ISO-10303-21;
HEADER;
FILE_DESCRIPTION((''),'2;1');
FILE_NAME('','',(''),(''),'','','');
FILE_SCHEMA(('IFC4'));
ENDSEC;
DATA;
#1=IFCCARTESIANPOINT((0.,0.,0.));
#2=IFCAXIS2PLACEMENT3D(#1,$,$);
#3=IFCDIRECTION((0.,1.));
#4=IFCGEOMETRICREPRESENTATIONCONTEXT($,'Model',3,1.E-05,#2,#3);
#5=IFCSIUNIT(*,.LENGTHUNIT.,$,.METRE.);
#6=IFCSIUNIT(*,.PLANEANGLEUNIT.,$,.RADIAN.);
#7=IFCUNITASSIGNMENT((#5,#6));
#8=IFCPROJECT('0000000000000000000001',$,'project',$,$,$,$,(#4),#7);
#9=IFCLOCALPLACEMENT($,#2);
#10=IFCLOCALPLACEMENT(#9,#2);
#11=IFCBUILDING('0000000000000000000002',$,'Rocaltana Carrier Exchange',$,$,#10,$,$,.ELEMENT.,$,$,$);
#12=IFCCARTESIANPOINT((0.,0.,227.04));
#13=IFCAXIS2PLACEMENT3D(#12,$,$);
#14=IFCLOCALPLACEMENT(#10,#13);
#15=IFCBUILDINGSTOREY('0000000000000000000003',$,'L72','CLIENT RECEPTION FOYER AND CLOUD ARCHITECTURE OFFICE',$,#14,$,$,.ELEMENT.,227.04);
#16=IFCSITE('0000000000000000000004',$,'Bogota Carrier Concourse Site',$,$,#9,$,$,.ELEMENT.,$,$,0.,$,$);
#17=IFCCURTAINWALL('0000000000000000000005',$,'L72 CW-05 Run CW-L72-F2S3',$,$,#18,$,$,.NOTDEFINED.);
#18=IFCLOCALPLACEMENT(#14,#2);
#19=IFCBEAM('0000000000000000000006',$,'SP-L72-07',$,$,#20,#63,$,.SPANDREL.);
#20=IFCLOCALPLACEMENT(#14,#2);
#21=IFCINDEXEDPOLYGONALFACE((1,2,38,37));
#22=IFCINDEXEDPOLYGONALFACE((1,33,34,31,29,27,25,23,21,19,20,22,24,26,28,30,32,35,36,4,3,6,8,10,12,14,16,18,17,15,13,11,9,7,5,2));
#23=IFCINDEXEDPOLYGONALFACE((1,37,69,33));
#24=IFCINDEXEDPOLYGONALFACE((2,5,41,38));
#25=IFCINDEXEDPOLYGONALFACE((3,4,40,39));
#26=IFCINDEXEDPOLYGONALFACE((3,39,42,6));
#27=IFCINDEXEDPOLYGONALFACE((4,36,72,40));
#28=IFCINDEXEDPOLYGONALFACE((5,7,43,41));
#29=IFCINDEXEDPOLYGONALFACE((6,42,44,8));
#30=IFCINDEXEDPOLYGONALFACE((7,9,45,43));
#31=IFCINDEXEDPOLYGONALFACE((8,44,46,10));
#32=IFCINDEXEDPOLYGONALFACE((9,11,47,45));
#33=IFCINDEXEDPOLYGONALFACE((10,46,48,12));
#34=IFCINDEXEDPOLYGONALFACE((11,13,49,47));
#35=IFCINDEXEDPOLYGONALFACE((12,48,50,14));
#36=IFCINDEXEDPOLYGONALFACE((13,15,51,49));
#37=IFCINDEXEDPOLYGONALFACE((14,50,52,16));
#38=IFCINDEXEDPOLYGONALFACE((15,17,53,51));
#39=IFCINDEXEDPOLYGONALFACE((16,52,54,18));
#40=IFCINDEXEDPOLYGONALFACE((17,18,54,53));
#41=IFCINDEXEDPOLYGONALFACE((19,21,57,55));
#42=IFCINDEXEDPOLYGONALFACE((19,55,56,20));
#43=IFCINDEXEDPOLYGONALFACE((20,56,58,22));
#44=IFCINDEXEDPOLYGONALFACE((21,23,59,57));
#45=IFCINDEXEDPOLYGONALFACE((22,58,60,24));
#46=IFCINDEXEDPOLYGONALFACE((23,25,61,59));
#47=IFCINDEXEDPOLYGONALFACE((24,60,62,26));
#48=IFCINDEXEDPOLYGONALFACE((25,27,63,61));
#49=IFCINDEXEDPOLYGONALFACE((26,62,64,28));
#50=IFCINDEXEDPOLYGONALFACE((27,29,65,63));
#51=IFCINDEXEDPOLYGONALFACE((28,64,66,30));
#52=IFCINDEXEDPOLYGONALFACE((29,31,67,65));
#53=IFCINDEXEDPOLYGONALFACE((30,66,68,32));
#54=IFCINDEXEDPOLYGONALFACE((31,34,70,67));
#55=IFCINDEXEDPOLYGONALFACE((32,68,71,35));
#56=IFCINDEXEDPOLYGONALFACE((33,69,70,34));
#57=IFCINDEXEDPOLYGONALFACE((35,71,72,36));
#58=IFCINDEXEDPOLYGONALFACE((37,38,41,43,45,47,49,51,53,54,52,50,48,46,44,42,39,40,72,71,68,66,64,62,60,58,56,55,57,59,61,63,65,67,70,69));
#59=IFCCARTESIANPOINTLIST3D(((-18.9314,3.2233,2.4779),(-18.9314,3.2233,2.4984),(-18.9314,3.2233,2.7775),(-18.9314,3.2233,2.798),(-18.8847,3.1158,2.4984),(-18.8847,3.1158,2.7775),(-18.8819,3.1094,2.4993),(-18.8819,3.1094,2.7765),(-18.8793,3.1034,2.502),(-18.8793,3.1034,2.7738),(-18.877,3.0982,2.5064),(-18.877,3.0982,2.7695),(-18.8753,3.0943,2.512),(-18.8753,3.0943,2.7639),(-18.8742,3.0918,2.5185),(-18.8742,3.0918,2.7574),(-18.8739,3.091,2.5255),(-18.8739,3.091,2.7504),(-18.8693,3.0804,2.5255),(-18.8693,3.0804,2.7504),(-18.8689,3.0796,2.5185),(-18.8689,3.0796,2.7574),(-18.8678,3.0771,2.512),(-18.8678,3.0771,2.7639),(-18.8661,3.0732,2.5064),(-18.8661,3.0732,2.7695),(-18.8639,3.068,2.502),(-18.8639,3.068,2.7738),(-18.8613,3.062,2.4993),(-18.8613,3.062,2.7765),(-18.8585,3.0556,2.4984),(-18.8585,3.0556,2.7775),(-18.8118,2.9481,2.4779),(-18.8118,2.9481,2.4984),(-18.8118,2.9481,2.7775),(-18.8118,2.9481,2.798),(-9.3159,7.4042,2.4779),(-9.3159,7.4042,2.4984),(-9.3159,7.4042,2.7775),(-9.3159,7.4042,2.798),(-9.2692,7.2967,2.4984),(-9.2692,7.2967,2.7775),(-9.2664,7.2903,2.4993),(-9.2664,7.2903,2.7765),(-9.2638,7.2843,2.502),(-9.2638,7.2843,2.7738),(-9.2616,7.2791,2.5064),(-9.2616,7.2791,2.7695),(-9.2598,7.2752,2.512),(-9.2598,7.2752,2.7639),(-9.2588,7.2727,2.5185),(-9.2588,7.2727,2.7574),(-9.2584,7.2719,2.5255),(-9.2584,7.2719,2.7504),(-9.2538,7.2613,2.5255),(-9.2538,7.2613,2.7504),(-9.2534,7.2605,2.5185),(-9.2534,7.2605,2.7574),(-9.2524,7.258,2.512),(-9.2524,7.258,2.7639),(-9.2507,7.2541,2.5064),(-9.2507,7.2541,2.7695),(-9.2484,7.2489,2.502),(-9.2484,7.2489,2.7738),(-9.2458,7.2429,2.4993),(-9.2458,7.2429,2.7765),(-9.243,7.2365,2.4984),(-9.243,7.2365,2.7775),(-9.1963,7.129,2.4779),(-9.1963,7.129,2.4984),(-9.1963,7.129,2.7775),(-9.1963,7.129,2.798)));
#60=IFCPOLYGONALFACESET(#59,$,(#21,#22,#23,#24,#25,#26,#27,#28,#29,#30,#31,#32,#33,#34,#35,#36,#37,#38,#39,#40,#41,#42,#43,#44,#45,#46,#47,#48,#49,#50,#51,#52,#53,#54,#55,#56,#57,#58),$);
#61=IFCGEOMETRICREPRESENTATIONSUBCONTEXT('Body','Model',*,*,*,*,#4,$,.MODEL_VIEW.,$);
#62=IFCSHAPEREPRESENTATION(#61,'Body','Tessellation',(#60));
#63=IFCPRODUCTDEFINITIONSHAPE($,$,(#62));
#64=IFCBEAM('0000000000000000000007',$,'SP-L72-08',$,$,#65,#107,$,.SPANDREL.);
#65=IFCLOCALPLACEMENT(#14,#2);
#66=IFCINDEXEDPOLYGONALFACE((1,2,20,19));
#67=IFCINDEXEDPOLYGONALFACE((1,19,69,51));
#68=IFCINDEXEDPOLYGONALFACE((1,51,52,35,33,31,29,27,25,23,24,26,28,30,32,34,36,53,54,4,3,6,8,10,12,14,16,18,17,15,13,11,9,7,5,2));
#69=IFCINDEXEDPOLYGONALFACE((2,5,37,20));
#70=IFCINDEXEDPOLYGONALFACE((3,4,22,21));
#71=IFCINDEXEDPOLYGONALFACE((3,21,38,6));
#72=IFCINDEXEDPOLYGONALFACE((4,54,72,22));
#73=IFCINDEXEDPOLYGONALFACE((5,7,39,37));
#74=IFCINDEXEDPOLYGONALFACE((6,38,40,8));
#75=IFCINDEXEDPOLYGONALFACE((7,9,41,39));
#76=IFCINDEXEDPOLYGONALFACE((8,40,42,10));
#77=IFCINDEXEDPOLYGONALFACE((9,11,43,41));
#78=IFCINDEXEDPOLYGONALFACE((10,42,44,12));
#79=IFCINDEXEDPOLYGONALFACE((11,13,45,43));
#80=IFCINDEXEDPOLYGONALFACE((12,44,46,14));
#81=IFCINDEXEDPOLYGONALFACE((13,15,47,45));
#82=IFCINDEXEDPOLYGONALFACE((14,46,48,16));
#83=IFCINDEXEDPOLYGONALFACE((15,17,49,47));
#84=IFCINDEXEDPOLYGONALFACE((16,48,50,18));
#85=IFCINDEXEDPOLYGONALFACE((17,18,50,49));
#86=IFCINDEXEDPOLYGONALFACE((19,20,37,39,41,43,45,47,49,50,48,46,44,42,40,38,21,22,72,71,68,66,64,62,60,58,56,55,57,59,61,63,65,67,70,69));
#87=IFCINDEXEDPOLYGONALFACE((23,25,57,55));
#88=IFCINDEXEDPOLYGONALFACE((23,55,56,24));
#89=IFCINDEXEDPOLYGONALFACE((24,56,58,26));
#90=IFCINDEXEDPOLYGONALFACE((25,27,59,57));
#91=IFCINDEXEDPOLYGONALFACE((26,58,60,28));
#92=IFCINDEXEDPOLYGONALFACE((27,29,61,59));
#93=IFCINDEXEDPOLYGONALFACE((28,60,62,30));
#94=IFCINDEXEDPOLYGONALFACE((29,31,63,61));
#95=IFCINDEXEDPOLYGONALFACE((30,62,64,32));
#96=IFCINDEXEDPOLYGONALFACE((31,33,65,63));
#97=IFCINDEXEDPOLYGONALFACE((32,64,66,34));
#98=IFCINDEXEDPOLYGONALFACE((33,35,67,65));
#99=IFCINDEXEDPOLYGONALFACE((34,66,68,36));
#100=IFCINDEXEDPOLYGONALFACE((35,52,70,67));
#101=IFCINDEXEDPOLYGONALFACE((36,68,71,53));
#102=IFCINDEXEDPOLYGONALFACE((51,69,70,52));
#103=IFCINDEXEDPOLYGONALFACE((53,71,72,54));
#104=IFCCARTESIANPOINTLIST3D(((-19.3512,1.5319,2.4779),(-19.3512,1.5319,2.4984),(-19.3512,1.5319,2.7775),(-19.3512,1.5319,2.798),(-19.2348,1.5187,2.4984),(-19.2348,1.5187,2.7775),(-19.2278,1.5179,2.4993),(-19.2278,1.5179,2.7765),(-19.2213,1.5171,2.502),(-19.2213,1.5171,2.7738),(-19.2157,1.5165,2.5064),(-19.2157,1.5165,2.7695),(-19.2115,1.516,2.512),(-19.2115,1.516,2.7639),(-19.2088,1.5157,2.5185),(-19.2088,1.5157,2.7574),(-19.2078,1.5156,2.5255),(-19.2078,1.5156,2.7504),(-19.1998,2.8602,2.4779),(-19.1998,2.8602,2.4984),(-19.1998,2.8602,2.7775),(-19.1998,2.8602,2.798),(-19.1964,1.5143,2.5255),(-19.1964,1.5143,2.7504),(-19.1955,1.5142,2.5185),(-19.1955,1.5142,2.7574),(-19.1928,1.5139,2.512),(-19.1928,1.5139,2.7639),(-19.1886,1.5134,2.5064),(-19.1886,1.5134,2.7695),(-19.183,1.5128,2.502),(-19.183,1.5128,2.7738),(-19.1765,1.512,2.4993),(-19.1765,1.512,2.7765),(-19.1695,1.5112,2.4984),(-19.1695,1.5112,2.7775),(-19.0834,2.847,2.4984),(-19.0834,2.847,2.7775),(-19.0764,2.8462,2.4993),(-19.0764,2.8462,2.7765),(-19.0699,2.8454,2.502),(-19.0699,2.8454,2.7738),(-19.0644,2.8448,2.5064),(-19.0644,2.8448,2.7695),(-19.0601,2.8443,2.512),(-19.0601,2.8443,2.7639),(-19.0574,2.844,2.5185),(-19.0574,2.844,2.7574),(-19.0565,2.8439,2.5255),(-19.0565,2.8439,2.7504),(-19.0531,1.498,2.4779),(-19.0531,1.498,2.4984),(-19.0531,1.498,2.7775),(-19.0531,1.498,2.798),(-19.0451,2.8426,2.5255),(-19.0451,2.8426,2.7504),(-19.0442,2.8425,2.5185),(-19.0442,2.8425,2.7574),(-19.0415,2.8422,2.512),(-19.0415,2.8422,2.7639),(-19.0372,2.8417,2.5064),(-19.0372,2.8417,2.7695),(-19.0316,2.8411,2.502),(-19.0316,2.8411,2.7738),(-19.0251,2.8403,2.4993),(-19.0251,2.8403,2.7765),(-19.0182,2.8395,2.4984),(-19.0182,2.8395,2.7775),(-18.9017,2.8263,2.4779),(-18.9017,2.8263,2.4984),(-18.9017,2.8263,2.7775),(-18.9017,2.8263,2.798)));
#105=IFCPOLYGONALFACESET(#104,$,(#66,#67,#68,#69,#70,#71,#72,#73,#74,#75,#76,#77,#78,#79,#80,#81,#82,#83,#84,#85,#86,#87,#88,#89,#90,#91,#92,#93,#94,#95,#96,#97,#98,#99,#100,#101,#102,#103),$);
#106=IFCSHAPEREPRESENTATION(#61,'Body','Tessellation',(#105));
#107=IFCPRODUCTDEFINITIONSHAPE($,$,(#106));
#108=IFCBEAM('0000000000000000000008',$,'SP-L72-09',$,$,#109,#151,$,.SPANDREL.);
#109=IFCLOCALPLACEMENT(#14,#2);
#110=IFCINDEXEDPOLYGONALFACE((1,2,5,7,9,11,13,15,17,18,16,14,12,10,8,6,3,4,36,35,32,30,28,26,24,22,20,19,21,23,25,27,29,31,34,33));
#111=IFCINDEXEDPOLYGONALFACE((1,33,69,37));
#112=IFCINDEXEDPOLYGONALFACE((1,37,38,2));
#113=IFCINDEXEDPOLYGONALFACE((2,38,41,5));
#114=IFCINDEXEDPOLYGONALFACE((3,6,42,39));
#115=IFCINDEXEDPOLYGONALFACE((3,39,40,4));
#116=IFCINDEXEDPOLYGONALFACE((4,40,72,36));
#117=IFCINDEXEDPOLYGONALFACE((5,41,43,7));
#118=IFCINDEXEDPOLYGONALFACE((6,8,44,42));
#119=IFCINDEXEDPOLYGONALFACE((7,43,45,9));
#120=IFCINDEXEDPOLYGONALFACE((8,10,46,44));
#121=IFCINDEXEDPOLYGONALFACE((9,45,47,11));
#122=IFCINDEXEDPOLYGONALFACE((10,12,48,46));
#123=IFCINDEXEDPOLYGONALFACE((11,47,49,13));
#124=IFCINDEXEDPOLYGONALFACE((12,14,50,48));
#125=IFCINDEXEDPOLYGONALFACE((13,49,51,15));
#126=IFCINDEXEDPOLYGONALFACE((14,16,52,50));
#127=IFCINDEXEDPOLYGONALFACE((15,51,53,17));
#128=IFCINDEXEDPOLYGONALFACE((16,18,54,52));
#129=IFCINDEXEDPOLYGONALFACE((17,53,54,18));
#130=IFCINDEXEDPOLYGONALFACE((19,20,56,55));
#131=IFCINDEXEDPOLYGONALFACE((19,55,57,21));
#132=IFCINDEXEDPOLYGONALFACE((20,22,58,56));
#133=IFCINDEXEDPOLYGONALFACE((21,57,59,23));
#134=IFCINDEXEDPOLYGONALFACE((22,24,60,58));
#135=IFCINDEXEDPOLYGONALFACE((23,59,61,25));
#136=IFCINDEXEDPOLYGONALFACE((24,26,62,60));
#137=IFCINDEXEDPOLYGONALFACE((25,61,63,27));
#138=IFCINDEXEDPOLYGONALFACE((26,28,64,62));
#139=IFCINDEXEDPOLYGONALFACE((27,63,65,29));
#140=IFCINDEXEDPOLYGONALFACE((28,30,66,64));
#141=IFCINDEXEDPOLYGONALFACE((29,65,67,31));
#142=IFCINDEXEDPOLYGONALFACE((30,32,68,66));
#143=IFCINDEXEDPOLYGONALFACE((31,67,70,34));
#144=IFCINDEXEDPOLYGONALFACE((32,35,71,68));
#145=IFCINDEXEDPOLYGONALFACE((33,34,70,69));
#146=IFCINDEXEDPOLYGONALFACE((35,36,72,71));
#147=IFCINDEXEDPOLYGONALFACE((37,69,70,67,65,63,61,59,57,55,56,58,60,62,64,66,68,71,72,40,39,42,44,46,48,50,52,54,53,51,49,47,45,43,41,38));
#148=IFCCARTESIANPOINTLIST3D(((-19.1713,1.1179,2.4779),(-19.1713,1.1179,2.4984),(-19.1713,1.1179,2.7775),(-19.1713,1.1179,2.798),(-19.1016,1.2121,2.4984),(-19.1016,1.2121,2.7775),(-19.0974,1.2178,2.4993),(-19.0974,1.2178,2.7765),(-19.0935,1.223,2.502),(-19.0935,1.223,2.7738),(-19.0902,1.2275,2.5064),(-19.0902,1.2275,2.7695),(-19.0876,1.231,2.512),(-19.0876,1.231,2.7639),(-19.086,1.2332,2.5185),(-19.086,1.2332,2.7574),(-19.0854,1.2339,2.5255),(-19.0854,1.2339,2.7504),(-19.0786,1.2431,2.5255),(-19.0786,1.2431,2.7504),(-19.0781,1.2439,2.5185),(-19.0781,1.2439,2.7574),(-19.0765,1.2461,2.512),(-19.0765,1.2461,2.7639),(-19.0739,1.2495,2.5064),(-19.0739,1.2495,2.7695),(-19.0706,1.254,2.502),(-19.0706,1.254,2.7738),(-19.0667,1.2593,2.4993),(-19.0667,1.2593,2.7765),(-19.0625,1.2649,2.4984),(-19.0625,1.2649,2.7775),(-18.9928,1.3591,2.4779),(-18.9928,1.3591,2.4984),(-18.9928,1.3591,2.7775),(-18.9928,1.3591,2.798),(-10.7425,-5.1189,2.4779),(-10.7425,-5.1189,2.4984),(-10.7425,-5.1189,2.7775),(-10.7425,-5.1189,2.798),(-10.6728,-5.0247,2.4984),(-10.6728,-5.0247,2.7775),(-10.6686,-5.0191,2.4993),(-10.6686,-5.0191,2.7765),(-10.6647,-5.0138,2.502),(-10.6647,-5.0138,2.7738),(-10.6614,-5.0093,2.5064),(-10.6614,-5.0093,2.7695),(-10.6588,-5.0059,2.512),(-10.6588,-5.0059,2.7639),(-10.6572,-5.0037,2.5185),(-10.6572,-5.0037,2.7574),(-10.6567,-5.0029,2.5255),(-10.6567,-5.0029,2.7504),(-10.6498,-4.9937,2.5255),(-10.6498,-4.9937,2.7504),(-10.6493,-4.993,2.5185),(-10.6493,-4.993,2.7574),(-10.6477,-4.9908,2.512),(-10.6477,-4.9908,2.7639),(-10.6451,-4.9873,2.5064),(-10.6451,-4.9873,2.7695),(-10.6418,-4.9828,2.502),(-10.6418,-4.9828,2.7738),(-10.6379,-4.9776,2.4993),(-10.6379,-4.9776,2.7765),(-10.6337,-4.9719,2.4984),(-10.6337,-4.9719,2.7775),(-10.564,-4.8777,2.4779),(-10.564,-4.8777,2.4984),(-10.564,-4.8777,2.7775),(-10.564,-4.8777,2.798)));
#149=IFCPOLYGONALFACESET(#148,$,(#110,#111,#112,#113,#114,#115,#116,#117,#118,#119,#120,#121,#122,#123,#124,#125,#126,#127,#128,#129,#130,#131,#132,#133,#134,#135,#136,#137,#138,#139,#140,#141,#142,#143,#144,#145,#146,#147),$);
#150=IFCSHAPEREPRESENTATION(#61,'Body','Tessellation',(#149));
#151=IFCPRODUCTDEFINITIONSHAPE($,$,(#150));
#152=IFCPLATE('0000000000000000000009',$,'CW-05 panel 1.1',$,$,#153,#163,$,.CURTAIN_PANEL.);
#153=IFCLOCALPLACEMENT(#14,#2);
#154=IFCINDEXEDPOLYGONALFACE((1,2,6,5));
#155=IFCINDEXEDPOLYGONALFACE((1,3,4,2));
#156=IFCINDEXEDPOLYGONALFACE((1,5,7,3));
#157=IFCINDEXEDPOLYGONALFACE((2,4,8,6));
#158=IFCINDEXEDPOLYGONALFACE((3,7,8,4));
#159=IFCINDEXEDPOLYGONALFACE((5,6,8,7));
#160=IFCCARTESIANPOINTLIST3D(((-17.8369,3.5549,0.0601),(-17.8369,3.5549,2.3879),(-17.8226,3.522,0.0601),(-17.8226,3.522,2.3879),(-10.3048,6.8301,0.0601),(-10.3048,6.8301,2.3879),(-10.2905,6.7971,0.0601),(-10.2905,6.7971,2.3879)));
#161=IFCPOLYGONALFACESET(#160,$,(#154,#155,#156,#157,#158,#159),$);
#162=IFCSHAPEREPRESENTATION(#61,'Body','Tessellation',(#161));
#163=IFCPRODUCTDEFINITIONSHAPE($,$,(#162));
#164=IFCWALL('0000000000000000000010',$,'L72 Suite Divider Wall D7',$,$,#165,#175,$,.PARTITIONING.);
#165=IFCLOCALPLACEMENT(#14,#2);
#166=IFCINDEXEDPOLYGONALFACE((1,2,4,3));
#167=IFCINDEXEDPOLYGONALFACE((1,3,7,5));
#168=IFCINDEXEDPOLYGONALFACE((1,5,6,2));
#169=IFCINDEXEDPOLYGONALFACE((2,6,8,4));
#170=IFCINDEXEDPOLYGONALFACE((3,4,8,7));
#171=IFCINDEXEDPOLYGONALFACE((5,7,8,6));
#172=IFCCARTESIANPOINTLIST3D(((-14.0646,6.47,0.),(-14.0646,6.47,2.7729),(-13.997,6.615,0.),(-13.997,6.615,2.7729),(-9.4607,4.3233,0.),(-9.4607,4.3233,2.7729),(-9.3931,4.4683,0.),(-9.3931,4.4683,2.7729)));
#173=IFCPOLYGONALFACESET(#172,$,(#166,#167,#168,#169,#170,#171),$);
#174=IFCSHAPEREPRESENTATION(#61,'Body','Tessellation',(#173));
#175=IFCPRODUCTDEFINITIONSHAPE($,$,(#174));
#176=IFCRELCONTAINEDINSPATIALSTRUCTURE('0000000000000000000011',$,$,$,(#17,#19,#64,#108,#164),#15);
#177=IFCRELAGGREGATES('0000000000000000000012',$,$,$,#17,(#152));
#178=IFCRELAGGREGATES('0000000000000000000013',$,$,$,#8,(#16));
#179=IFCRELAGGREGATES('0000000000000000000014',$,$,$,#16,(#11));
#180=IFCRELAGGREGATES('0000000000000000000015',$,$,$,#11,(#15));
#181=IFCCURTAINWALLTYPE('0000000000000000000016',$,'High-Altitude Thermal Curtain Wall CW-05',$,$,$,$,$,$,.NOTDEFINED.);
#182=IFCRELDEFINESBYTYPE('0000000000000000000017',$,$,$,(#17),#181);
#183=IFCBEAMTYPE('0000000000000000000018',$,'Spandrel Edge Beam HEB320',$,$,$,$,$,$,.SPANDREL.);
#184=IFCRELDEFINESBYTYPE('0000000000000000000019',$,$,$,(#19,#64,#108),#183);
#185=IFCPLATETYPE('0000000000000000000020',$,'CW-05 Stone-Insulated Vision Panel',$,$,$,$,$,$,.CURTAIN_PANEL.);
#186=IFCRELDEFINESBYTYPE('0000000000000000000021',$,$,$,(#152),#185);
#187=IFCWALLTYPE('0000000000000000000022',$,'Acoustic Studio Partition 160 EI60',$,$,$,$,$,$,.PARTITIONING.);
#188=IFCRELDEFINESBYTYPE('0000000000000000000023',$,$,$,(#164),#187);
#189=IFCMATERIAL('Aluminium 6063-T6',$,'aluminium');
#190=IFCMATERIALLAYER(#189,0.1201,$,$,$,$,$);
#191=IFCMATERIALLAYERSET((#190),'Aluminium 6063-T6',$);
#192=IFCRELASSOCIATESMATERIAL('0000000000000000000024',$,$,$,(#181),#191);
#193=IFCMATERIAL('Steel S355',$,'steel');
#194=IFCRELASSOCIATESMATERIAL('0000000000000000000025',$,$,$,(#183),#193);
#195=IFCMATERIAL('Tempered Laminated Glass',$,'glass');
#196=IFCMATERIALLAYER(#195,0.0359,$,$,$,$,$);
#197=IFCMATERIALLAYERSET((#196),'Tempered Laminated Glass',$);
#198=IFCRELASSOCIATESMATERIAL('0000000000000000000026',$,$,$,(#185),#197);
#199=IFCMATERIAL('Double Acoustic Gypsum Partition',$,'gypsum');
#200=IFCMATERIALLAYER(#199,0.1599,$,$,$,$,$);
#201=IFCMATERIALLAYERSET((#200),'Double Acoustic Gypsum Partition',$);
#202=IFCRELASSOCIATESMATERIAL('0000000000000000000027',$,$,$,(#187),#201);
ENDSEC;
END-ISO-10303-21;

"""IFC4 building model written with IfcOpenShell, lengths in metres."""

from ifc_helpers import new_model, si_unit, direction, frame, frame_2d, origin, origin_2d, place, context, subcontext, project, spatial, rectangle, i_section, extrude, material, layer, layer_set, material_profile, profile_set, type_object, element, aggregate, save


model = new_model("IFC4")

# Units and contexts
model_context = context("Model", 3, precision=1e-05, world=origin(), true_north=direction((0.0, 1.0)))
body_context = subcontext(model_context, "Body", "Model", "MODEL_VIEW")
ifc_project = project(units=[si_unit("LENGTHUNIT", "METRE"), si_unit("PLANEANGLEUNIT", "RADIAN")], contexts=[model_context])

# Site, building, storey
site_placement = place(None, origin())
site = spatial("IfcSite", under=ifc_project, at=site_placement, Name="Bogota Carrier Concourse Site", CompositionType="ELEMENT", RefElevation=0.0)
building_placement = place(site_placement, origin())
building = spatial("IfcBuilding", under=site, at=building_placement, Name="Rocaltana Carrier Exchange", CompositionType="ELEMENT")
storey_placement = place(building_placement, frame((0.0, 0.0, 227.04)))
storey = spatial("IfcBuildingStorey", under=building, at=storey_placement, Name="L72", Description="CLIENT RECEPTION FOYER AND CLOUD ARCHITECTURE OFFICE", CompositionType="ELEMENT", Elevation=227.04)

# Shared definitions
ifc_material_1 = material(Name="Aluminium 6063-T6", Category="aluminium")
ifc_layer_1 = layer(ifc_material_1, 0.1201)
ifc_layer_set_1 = layer_set([ifc_layer_1], Name="Aluminium 6063-T6")
curtain_wall_type = type_object("IfcCurtainWallType", Name="High-Altitude Thermal Curtain Wall CW-05", PredefinedType="NOTDEFINED", material=ifc_layer_set_1)

# Curtain wall
curtain_wall_1_placement = place(storey_placement, origin())
curtain_wall_1 = element("IfcCurtainWall", 1, at=curtain_wall_1_placement, inside=storey, type_object=curtain_wall_type, Name="L72 CW-05 Run CW-L72-F2S3", PredefinedType="NOTDEFINED")

# Beams
ifc_material_2 = material(Name="Steel S355", Category="steel")
ifc_material_profile_1 = material_profile(ifc_material_2, i_section(OverallWidth=0.3, OverallDepth=0.3201, WebThickness=0.0115, FlangeThickness=0.0205, FilletRadius=0.0271, at=origin_2d()), Name="HEB320")
ifc_profile_set_1 = profile_set([ifc_material_profile_1], Name="Steel S355")
beam_type_1 = type_object("IfcBeamType", Name="Spandrel Edge Beam HEB320", PredefinedType="SPANDREL", material=ifc_profile_set_1)
beam_1_placement = place(storey_placement, frame((-9.2561, 7.2666, 2.6379), z_axis=(-0.917061, -0.398747, 0.0), x_axis=(0.398747, -0.917061, 0.0)))
element("IfcBeam", 2, at=beam_1_placement, inside=storey, type_object=beam_type_1, Name="SP-L72-07", PredefinedType="SPANDREL", context=body_context, shape_type="SweptSolid", body=[
    extrude(i_section(OverallWidth=0.3, OverallDepth=0.3201, WebThickness=0.0115, FlangeThickness=0.0205, FilletRadius=0.0271, at=origin_2d()), origin(), (0.0, 0.0, 1.0), 10.4851),
])
beam_2_placement = place(storey_placement, frame((-19.0508, 2.8433, 2.6379), z_axis=(-0.113217, -0.99357, 0.0), x_axis=(0.99357, -0.113217, 0.0)))
element("IfcBeam", 3, at=beam_2_placement, inside=storey, type_object=beam_type_1, Name="SP-L72-08", PredefinedType="SPANDREL", context=body_context, shape_type="SweptSolid", body=[
    extrude(i_section(OverallWidth=0.3, OverallDepth=0.3201, WebThickness=0.0115, FlangeThickness=0.0205, FilletRadius=0.0271, at=origin_2d()), origin(), (0.0, 0.0, 1.0), 1.3369),
])
beam_3_placement = place(storey_placement, frame((-19.082, 1.2385, 2.6379), z_axis=(0.803861, -0.594817, 0.0), x_axis=(0.594817, 0.803861, 0.0)))
element("IfcBeam", 4, at=beam_3_placement, inside=storey, type_object=beam_type_1, Name="SP-L72-09", PredefinedType="SPANDREL", context=body_context, shape_type="SweptSolid", body=[
    extrude(i_section(OverallWidth=0.3, OverallDepth=0.3201, WebThickness=0.0115, FlangeThickness=0.0205, FilletRadius=0.0271, at=origin_2d()), origin(), (0.0, 0.0, 1.0), 10.4854),
])

# Plate
ifc_material_3 = material(Name="Tempered Laminated Glass", Category="glass")
ifc_layer_2 = layer(ifc_material_3, 0.0359)
ifc_layer_set_2 = layer_set([ifc_layer_2], Name="Tempered Laminated Glass")
plate_type = type_object("IfcPlateType", Name="CW-05 Stone-Insulated Vision Panel", PredefinedType="CURTAIN_PANEL", material=ifc_layer_set_2)
plate_placement = place(storey_placement, frame((-14.0637, 5.176, 0.0601), z_axis=(0.0, 0.0, 1.0), x_axis=(-0.917057, -0.398757, 0.0)))
plate = element("IfcPlate", 5, at=plate_placement, type_object=plate_type, Name="CW-05 panel 1.1", PredefinedType="CURTAIN_PANEL", context=body_context, shape_type="SweptSolid", body=[
    extrude(rectangle(XDim=8.2134, YDim=0.0359, at=origin_2d()), origin(), (0.0, 0.0, 1.0), 2.3279),
])
aggregate(curtain_wall_1, [plate])

# Wall
ifc_material_4 = material(Name="Double Acoustic Gypsum Partition", Category="gypsum")
ifc_layer_3 = layer(ifc_material_4, 0.1599)
ifc_layer_set_3 = layer_set([ifc_layer_3], Name="Double Acoustic Gypsum Partition")
wall_type_1 = type_object("IfcWallType", Name="Acoustic Studio Partition 160 EI60", PredefinedType="PARTITIONING", material=ifc_layer_set_3)
wall_1_placement = place(storey_placement, frame((-9.4268, 4.3958, 0.0), z_axis=(0.0, 0.0, 1.0), x_axis=(-0.906319, 0.422593, 0.0)))
element("IfcWall", 6, at=wall_1_placement, inside=storey, type_object=wall_type_1, Name="L72 Suite Divider Wall D7", PredefinedType="PARTITIONING", context=body_context, shape_type="SweptSolid", body=[
    extrude(rectangle(XDim=5.0798, YDim=0.1599, at=frame_2d((2.54, 0.0))), origin(), (0.0, 0.0, 1.0), 2.7729),
])

save(model, "model.ifc")
